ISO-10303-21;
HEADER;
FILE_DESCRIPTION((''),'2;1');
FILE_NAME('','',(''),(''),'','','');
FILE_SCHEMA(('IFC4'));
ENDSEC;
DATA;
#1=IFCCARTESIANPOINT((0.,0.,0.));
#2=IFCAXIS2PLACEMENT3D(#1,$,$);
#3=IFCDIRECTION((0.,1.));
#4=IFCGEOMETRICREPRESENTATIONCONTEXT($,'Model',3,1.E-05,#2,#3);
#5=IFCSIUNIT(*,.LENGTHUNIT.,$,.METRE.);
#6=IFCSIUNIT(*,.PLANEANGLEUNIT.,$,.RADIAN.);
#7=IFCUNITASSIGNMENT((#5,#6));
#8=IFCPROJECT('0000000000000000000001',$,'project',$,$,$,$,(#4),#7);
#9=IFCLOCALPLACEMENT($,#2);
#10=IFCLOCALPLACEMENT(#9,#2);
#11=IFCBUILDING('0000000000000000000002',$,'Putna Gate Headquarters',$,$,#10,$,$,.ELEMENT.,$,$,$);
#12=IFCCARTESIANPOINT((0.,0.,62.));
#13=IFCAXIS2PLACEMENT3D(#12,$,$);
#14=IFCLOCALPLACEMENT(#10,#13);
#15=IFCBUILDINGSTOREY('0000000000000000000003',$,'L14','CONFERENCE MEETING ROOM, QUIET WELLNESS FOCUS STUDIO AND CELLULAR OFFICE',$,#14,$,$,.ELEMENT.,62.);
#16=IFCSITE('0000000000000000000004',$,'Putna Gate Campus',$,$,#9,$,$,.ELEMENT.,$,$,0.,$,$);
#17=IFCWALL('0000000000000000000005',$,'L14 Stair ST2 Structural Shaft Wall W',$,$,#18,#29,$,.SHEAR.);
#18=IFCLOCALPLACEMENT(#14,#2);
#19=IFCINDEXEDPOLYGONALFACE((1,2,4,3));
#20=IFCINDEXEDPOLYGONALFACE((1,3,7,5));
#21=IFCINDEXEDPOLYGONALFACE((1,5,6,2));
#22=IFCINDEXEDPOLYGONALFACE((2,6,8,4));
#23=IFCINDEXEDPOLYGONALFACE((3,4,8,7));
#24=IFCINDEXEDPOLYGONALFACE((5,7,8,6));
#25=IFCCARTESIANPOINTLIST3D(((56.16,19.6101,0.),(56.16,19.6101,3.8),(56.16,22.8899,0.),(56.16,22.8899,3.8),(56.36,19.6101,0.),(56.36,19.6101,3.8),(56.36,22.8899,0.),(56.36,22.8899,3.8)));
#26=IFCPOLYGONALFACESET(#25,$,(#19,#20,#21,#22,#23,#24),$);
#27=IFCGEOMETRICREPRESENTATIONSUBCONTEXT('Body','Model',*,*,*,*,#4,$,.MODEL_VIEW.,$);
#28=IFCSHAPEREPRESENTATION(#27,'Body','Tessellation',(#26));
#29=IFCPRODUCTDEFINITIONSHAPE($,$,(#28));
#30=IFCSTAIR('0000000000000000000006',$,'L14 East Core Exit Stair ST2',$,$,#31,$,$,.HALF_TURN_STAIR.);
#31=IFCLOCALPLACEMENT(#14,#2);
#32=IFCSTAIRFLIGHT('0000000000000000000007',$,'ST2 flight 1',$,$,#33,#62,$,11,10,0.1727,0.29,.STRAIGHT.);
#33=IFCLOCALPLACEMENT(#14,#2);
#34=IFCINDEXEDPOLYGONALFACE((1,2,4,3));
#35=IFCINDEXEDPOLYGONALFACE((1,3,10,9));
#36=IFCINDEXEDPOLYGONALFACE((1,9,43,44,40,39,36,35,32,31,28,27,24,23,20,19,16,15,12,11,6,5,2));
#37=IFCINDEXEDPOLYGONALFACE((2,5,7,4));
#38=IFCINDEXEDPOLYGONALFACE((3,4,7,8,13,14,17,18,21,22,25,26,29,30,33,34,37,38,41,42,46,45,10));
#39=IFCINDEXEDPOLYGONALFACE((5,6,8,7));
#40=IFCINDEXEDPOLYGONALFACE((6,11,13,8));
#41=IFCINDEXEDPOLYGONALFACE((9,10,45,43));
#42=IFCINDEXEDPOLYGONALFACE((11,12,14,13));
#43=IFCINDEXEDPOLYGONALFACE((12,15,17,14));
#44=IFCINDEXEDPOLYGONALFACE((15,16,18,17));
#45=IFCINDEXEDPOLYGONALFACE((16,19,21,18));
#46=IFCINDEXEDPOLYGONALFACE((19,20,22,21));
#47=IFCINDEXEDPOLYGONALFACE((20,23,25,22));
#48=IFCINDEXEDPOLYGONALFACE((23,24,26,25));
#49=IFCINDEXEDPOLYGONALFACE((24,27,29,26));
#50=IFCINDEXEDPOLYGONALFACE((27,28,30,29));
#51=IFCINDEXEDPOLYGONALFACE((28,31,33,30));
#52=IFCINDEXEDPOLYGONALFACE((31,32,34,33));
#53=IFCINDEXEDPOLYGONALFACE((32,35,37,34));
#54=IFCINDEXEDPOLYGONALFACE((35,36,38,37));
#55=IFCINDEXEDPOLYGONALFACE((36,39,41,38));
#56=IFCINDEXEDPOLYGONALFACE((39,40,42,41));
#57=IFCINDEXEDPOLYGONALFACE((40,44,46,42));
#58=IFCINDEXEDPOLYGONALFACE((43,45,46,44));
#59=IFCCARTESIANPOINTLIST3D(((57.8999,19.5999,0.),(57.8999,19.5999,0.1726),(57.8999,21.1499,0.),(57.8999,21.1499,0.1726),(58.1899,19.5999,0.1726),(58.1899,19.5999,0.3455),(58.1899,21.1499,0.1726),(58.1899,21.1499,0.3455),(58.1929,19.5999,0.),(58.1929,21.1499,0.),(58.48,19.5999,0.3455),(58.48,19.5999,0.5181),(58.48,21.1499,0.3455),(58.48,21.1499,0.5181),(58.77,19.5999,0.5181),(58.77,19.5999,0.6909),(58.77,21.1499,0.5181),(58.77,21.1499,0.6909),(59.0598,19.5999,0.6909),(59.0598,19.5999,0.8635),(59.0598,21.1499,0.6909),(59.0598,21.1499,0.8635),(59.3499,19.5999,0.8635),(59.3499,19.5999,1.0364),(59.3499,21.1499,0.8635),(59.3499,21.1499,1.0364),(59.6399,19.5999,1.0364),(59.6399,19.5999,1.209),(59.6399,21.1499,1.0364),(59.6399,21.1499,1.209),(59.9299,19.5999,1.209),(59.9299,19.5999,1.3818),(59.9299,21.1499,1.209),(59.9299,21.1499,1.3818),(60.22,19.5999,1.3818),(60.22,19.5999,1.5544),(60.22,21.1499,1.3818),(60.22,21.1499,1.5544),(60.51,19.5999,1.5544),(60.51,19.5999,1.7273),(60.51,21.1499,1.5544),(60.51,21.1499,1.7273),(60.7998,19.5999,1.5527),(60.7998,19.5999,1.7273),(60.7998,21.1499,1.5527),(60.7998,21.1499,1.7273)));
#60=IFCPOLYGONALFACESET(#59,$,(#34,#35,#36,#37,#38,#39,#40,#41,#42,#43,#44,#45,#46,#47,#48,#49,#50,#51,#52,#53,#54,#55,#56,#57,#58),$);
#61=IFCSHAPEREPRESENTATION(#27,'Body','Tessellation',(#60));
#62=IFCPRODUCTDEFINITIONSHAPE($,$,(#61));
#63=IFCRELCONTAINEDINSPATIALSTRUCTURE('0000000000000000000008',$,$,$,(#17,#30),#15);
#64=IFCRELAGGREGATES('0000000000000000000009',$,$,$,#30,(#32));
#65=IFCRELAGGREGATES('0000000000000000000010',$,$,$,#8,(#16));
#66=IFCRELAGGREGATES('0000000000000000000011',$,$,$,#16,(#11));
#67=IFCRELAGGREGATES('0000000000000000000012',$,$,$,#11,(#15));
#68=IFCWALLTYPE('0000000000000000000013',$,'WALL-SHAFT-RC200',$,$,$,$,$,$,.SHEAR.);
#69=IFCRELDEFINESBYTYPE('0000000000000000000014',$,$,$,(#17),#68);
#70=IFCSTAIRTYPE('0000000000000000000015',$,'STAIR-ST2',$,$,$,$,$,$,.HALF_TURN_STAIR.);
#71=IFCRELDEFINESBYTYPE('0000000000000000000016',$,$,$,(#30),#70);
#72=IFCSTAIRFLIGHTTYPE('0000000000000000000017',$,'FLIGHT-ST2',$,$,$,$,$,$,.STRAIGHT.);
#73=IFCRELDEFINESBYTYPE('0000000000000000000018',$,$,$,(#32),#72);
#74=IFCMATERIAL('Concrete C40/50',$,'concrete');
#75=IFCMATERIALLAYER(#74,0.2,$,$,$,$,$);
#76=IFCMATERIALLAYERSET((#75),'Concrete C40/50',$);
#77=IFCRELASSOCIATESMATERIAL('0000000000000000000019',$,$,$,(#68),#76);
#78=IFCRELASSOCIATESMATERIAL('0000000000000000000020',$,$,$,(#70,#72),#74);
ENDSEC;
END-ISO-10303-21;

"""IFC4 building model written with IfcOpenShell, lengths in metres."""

from ifc_helpers import new_model, si_unit, direction, frame, frame_2d, origin, place, context, subcontext, project, spatial, polyline, rectangle, outline, extrude, material, layer, layer_set, type_object, element, aggregate, save


model = new_model("IFC4")

# Units and contexts
model_context = context("Model", 3, precision=1e-05, world=origin(), true_north=direction((0.0, 1.0)))
body_context = subcontext(model_context, "Body", "Model", "MODEL_VIEW")
ifc_project = project(units=[si_unit("LENGTHUNIT", "METRE"), si_unit("PLANEANGLEUNIT", "RADIAN")], contexts=[model_context])

# Site, building, storey
site_placement = place(None, origin())
site = spatial("IfcSite", under=ifc_project, at=site_placement, Name="Putna Gate Campus", CompositionType="ELEMENT", RefElevation=0.0)
building_placement = place(site_placement, origin())
building = spatial("IfcBuilding", under=site, at=building_placement, Name="Putna Gate Headquarters", CompositionType="ELEMENT")
storey_placement = place(building_placement, frame((0.0, 0.0, 62.0)))
storey = spatial("IfcBuildingStorey", under=building, at=storey_placement, Name="L14", Description="CONFERENCE MEETING ROOM, QUIET WELLNESS FOCUS STUDIO AND CELLULAR OFFICE", CompositionType="ELEMENT", Elevation=62.0)

# Shared definitions
ifc_material_1 = material(Name="Concrete C40/50", Category="concrete")

# Wall
ifc_layer_1 = layer(ifc_material_1, 0.2)
ifc_layer_set_1 = layer_set([ifc_layer_1], Name="Concrete C40/50")
wall_type_1 = type_object("IfcWallType", Name="WALL-SHAFT-RC200", PredefinedType="SHEAR", material=ifc_layer_set_1)
wall_1_placement = place(storey_placement, frame((56.26, 19.6101, 0.0), z_axis=(0.0, 0.0, 1.0), x_axis=(0.0, 1.0, 0.0)))
element("IfcWall", 1, at=wall_1_placement, inside=storey, type_object=wall_type_1, Name="L14 Stair ST2 Structural Shaft Wall W", PredefinedType="SHEAR", context=body_context, shape_type="SweptSolid", body=[
    extrude(rectangle(XDim=3.2798, YDim=0.2, at=frame_2d((1.6399, 0.0))), origin(), (0.0, 0.0, 1.0), 3.8),
])

# Stair, stair flight
stair_type = type_object("IfcStairType", Name="STAIR-ST2", PredefinedType="HALF_TURN_STAIR", material=ifc_material_1)
stair_placement = place(storey_placement, origin())
stair = element("IfcStair", 2, at=stair_placement, inside=storey, type_object=stair_type, Name="L14 East Core Exit Stair ST2", PredefinedType="HALF_TURN_STAIR")
stair_flight_type = type_object("IfcStairFlightType", Name="FLIGHT-ST2", PredefinedType="STRAIGHT", material=ifc_material_1)
stair_flight_placement = place(storey_placement, frame((57.8999, 20.375, 0.0), z_axis=(0.0, 0.0, 1.0), x_axis=(1.0, 0.0, 0.0)))
stair_flight = element("IfcStairFlight", 3, at=stair_flight_placement, type_object=stair_flight_type, Name="ST2 flight 1", NumberOfRisers=11, NumberOfTreads=10, PredefinedType="STRAIGHT", RiserHeight=0.1727, TreadLength=0.29, context=body_context, shape_type="SweptSolid", body=[
    extrude(outline(polyline([(0.0, 0.0), (0.0, 0.1726), (0.29, 0.1726), (0.29, 0.3455), (0.5801, 0.3455), (0.5801, 0.5181), (0.8701, 0.5181), (0.8701, 0.6909), (1.1599, 0.6909), (1.1599, 0.8635), (1.45, 0.8635), (1.45, 1.0364), (1.74, 1.0364), (1.74, 1.209), (2.03, 1.209), (2.03, 1.3818), (2.3201, 1.3818), (2.3201, 1.5544), (2.6101, 1.5544), (2.6101, 1.7273), (2.8999, 1.7273), (2.8999, 1.8999), (2.8999, 1.5527), (0.293, 0.0), (0.0, 0.0)])), frame((0.0, 0.7749, 0.0), z_axis=(0.0, -1.0, 0.0), x_axis=(1.0, 0.0, 0.0)), (0.0, 0.0, 1.0), 1.55),
])
aggregate(stair, [stair_flight])

save(model, "model.ifc")
